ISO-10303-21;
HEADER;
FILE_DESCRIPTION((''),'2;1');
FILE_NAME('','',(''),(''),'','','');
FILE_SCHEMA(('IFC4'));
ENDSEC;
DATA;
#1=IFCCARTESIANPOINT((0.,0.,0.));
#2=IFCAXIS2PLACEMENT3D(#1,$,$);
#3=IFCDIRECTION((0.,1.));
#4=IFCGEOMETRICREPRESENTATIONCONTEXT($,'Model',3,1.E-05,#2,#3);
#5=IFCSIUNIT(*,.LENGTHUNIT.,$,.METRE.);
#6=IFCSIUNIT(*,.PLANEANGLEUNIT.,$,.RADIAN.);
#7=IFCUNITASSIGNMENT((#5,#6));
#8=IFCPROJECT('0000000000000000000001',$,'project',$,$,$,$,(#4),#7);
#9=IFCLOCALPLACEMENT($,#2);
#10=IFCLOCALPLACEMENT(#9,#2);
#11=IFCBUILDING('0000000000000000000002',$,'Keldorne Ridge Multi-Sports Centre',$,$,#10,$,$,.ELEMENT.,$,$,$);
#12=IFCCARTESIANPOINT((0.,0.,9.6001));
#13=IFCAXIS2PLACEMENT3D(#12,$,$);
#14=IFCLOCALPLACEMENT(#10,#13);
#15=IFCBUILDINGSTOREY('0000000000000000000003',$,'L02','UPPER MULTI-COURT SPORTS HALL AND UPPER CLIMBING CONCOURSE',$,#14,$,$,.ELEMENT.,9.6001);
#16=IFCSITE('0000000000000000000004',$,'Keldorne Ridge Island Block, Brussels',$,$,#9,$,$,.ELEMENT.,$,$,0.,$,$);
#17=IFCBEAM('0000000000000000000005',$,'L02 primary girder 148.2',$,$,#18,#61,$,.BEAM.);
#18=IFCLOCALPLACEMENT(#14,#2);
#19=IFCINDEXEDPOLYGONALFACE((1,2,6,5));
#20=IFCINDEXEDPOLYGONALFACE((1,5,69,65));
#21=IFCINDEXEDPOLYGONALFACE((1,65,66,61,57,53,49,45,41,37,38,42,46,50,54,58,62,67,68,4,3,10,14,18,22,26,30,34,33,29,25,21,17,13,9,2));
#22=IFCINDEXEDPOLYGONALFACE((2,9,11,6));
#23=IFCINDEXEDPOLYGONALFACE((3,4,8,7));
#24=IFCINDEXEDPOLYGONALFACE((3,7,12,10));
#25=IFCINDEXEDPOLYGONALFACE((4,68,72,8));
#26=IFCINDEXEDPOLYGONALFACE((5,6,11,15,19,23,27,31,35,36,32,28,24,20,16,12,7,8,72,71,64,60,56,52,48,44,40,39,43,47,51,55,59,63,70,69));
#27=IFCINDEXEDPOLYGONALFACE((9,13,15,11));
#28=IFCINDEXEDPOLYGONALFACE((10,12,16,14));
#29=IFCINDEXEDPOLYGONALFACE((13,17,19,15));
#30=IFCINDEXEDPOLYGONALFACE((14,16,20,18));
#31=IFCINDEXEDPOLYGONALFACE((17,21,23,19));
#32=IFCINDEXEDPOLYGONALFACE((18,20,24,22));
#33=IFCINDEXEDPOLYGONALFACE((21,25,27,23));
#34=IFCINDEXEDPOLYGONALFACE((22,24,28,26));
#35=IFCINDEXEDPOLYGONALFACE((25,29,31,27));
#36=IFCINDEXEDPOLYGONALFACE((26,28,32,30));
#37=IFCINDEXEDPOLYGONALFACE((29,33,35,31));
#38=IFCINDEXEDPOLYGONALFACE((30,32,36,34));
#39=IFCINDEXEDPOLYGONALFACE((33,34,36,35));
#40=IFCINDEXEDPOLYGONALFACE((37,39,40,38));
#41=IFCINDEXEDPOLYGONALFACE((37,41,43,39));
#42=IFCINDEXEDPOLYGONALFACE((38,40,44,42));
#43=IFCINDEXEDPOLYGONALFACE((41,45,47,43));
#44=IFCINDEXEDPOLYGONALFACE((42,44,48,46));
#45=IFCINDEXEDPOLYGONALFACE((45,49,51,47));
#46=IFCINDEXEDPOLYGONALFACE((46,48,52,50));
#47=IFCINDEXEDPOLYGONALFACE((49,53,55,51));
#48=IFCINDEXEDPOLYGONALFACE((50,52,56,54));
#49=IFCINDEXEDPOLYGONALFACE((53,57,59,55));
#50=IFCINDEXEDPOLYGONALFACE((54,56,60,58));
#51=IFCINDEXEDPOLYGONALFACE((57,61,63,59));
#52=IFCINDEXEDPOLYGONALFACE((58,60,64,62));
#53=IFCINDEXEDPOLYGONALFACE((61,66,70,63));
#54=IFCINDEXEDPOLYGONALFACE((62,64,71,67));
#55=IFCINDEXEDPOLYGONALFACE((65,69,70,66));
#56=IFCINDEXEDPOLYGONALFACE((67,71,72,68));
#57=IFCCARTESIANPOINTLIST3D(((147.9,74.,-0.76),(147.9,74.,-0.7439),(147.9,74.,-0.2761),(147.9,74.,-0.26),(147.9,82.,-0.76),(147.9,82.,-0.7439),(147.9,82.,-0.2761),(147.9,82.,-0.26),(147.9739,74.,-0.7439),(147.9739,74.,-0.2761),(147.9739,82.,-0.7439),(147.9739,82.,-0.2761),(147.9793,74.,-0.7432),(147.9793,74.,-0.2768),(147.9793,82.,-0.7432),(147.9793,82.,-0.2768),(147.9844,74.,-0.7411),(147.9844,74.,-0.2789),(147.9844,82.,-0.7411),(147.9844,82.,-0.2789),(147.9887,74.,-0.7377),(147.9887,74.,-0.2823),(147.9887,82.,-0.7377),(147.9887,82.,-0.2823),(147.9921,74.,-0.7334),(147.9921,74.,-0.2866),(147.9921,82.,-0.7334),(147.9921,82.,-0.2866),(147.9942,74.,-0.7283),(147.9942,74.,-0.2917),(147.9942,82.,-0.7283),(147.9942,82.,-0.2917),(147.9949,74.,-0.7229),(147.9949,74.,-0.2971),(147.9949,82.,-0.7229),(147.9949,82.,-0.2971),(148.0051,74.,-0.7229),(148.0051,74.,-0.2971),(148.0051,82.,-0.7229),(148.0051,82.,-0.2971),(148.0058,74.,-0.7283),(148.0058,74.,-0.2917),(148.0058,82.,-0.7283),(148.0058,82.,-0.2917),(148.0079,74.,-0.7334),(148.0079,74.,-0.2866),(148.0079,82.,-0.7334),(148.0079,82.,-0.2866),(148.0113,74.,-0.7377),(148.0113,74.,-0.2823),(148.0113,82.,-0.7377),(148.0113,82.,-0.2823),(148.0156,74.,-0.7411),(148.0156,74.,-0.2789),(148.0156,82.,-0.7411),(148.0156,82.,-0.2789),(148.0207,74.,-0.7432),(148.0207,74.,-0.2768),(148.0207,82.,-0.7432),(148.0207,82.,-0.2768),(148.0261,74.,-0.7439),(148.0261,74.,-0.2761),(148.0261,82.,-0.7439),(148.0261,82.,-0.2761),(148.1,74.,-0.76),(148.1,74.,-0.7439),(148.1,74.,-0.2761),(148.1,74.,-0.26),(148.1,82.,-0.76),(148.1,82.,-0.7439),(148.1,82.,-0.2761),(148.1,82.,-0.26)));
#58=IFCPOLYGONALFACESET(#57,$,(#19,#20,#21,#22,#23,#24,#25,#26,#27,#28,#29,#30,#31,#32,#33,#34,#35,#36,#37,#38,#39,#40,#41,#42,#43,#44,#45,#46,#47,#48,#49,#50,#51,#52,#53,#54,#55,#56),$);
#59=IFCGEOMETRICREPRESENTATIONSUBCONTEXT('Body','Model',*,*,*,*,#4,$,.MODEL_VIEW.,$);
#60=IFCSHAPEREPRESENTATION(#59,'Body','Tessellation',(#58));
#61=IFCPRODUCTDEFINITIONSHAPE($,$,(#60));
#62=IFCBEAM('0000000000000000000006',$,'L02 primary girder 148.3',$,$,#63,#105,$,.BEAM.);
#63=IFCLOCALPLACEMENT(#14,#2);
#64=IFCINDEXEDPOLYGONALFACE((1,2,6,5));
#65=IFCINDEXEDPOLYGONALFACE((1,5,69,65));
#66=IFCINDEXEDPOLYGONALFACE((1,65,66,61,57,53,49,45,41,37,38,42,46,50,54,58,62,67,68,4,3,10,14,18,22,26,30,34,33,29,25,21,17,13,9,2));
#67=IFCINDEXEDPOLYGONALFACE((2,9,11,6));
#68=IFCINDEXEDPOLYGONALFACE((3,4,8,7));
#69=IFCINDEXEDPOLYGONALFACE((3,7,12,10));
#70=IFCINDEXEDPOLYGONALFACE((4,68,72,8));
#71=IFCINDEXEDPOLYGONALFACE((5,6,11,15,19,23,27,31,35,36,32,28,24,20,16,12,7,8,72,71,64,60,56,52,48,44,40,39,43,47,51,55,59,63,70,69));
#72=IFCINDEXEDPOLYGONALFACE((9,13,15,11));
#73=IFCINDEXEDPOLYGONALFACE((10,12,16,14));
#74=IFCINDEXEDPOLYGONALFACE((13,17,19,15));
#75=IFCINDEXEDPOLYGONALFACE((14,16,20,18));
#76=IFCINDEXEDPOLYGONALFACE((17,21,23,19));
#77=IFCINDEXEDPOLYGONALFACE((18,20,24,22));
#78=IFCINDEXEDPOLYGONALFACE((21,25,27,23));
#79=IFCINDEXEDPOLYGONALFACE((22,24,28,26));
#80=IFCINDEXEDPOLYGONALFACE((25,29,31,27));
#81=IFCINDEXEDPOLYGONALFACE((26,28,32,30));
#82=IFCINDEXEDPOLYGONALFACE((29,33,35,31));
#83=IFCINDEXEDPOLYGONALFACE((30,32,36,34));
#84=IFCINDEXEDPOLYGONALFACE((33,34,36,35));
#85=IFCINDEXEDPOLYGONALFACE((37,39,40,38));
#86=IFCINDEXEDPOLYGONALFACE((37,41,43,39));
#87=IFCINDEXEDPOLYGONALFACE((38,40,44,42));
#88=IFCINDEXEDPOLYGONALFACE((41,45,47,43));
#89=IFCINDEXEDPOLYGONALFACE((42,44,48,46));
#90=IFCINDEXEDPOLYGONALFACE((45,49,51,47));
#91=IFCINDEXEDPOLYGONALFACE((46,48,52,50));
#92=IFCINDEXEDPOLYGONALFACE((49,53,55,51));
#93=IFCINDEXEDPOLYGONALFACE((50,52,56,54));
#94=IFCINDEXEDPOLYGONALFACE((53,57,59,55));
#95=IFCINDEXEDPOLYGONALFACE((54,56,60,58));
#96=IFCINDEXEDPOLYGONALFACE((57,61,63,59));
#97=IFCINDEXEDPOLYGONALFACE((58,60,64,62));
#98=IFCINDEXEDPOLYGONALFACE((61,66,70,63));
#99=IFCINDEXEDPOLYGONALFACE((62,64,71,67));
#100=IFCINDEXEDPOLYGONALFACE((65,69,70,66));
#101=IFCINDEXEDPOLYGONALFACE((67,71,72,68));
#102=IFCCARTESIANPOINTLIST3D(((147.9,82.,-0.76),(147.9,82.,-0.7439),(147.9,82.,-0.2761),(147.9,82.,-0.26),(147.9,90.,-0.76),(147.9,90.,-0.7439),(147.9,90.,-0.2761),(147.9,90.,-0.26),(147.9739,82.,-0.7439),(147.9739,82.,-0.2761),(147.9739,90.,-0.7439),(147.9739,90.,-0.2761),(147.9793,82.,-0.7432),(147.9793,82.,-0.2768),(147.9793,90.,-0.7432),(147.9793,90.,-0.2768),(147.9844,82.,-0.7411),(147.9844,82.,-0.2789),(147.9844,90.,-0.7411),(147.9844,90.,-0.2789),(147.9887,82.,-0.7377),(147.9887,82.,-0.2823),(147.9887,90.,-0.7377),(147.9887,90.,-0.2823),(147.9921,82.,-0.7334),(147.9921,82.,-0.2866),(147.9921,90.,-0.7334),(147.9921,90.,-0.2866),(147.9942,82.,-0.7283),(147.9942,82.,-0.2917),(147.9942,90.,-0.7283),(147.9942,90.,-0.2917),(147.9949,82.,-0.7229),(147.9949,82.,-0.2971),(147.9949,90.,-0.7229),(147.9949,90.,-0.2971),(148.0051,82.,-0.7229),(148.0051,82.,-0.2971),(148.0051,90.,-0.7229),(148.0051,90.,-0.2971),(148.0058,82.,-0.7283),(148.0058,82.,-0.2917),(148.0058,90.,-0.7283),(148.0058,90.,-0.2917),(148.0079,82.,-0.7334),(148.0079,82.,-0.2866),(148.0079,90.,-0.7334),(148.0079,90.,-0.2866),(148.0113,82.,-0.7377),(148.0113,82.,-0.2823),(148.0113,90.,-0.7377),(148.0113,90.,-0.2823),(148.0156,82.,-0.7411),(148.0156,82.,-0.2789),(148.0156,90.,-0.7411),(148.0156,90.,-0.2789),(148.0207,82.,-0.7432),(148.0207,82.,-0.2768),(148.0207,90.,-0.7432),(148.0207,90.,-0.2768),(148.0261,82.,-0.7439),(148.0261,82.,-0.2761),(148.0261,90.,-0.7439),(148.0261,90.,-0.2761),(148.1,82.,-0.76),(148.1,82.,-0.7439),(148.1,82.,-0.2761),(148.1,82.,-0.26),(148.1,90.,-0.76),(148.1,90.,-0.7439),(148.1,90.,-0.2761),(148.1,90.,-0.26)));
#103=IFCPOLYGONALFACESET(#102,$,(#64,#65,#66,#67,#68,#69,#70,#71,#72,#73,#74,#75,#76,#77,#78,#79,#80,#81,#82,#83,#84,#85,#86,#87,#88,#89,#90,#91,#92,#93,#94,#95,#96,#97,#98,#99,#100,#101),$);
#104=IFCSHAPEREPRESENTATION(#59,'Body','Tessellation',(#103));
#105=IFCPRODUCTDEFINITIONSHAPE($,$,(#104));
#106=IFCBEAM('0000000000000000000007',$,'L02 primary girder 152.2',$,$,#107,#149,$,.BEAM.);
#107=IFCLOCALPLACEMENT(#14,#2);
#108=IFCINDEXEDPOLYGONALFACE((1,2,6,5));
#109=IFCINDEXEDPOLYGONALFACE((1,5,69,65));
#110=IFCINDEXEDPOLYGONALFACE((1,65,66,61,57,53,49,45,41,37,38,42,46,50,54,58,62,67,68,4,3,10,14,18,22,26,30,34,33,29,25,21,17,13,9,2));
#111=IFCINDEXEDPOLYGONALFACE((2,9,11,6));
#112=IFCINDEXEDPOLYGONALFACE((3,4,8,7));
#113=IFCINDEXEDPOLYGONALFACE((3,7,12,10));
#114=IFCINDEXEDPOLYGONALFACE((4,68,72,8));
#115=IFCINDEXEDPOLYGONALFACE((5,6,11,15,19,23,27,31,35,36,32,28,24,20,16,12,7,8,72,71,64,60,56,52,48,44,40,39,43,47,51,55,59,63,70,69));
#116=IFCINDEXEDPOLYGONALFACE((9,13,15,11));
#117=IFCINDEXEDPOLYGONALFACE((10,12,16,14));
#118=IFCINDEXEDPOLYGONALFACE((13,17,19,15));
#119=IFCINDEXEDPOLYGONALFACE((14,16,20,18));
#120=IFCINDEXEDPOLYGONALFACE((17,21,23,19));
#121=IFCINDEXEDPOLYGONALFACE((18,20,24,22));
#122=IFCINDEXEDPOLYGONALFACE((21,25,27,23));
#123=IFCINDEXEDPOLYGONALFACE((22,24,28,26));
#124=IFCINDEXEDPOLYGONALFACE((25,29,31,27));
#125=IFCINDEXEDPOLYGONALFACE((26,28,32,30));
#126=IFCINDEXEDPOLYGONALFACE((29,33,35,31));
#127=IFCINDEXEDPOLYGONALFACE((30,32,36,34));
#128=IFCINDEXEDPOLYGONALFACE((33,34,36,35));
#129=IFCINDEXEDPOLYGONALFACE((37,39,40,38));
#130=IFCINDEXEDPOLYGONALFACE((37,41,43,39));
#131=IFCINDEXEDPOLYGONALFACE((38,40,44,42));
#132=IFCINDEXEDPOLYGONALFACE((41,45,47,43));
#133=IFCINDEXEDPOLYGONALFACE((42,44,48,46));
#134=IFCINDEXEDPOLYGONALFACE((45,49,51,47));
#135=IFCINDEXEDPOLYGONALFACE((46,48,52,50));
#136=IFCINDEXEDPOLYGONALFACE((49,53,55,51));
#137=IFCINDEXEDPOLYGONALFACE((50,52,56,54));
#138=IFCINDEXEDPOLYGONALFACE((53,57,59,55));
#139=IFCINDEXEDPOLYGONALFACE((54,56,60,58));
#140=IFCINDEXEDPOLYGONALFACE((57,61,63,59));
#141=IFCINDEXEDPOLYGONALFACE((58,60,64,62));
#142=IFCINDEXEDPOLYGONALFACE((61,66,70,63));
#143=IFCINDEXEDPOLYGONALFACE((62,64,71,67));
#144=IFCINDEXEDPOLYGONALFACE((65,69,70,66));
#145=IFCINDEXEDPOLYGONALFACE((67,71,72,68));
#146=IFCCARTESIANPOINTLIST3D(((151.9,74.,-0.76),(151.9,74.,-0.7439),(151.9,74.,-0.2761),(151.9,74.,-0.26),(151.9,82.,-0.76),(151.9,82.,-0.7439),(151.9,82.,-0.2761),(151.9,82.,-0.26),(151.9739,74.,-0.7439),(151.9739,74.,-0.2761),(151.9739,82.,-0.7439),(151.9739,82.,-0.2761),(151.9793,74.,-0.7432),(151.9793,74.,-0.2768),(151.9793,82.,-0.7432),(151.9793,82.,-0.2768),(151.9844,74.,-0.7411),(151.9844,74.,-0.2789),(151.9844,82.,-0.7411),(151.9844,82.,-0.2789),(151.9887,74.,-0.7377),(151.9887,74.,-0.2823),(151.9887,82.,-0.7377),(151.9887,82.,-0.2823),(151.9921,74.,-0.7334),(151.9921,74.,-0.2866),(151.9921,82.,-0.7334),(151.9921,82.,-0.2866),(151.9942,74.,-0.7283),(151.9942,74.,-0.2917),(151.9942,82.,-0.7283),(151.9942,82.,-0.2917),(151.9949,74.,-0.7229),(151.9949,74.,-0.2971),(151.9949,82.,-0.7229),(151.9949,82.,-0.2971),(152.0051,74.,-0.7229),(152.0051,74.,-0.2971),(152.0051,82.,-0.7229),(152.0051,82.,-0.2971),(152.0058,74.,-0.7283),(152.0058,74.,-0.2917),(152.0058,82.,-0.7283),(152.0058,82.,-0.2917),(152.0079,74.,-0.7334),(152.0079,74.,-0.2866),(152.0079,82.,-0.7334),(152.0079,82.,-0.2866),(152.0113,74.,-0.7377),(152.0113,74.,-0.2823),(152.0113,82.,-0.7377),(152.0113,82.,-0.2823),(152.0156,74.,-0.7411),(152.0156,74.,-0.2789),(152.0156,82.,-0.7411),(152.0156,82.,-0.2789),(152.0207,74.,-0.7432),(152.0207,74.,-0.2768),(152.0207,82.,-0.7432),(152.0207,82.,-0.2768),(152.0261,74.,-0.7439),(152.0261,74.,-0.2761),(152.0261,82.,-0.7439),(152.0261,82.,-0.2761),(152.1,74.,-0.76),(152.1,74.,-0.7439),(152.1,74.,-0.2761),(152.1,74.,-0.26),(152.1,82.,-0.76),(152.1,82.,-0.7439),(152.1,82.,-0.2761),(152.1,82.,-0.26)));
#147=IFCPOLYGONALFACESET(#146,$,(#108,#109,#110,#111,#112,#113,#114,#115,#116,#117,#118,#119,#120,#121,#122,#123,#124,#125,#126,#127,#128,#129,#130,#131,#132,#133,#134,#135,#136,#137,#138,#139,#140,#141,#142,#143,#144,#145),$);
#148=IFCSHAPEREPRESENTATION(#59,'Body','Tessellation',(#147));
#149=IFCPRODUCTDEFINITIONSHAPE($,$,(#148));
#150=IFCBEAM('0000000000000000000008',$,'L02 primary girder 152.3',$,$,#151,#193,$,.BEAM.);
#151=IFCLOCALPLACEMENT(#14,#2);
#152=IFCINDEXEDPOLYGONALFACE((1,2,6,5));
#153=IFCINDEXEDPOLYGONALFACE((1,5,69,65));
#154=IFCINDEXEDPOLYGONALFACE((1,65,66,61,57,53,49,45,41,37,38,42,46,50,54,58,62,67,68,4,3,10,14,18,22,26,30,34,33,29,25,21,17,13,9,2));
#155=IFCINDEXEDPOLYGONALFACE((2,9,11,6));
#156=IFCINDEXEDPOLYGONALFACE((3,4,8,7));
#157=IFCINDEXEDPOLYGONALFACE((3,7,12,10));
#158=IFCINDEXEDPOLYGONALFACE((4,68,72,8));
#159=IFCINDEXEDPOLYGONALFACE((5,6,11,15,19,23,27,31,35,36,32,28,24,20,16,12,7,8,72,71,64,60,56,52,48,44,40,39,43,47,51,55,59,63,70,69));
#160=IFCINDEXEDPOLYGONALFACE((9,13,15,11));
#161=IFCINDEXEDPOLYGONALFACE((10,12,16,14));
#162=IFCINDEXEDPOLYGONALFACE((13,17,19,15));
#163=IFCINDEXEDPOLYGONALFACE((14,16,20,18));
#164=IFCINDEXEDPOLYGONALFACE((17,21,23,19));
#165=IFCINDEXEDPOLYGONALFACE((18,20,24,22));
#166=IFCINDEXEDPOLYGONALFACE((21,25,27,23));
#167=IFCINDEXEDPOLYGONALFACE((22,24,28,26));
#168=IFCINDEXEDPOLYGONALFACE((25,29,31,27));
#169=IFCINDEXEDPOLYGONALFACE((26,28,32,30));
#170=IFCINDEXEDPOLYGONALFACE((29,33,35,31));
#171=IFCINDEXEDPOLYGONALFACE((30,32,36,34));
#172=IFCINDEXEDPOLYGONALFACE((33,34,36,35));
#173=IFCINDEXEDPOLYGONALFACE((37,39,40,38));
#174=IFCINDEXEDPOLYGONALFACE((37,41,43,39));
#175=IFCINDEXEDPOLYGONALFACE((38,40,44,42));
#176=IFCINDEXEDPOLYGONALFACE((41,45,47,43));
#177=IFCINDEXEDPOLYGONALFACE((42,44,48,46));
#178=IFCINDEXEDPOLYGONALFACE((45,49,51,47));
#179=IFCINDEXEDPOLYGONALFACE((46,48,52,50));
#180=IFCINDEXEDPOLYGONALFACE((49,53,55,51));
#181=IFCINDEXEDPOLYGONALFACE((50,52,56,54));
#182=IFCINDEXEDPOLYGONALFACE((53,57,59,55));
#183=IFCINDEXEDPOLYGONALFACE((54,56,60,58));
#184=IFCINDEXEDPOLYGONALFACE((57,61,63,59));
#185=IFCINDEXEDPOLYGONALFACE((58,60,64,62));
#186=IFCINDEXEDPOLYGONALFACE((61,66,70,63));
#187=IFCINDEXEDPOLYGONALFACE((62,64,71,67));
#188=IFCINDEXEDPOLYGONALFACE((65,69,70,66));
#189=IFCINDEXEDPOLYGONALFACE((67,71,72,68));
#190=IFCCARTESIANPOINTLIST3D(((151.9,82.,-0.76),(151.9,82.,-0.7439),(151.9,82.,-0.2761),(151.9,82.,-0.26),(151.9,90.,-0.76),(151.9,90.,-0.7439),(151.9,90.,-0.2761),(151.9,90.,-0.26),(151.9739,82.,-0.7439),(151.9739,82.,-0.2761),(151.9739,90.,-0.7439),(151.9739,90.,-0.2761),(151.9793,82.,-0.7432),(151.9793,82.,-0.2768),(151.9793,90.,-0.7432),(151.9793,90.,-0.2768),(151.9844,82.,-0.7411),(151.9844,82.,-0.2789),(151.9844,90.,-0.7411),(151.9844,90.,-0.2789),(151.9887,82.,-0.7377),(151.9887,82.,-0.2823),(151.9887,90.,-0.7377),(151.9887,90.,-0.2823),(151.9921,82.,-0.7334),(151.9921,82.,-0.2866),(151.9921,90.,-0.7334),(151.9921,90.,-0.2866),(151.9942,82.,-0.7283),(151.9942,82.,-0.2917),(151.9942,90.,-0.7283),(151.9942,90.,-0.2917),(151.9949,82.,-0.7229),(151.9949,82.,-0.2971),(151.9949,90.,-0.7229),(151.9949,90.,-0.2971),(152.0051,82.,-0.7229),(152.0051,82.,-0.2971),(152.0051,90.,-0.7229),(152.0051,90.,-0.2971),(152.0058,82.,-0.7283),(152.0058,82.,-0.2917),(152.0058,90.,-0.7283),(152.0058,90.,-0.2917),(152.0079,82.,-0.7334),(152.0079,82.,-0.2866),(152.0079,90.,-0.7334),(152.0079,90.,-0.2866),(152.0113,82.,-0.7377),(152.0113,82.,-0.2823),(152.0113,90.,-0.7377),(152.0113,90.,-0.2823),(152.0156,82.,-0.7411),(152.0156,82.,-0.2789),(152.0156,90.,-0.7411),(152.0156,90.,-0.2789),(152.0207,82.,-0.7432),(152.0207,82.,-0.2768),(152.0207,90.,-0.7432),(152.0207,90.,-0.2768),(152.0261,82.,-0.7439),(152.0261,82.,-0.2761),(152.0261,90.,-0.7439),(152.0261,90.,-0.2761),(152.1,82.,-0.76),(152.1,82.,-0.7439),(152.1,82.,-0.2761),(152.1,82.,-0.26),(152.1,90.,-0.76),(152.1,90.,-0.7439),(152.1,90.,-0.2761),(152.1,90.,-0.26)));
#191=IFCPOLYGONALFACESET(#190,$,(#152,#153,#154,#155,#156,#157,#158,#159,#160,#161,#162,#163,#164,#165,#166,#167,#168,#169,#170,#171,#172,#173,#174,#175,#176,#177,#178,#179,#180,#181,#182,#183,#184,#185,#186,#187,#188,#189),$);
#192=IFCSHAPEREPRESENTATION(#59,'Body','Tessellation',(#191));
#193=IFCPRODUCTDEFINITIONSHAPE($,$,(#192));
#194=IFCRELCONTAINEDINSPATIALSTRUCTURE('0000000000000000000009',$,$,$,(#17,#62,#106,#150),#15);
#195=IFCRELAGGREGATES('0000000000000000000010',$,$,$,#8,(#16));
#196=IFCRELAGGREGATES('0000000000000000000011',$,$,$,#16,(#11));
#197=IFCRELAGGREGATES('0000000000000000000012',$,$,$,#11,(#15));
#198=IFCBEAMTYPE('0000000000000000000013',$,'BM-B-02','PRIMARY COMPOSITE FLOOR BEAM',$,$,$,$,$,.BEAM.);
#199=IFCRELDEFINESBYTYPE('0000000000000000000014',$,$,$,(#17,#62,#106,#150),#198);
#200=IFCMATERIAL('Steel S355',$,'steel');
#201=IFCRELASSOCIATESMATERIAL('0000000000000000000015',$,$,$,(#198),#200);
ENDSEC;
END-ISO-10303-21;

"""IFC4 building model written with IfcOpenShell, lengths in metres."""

from ifc_helpers import new_model, si_unit, direction, frame, origin, origin_2d, place, context, subcontext, project, spatial, i_section, extrude, material, material_profile, profile_set, type_object, element, save


model = new_model("IFC4")

# Units and contexts
model_context = context("Model", 3, precision=1e-05, world=origin(), true_north=direction((0.0, 1.0)))
body_context = subcontext(model_context, "Body", "Model", "MODEL_VIEW")
ifc_project = project(units=[si_unit("LENGTHUNIT", "METRE"), si_unit("PLANEANGLEUNIT", "RADIAN")], contexts=[model_context])

# Site, building, storey
site_placement = place(None, origin())
site = spatial("IfcSite", under=ifc_project, at=site_placement, Name="Keldorne Ridge Island Block, Brussels", CompositionType="ELEMENT", RefElevation=0.0)
building_placement = place(site_placement, origin())
building = spatial("IfcBuilding", under=site, at=building_placement, Name="Keldorne Ridge Multi-Sports Centre", CompositionType="ELEMENT")
storey_placement = place(building_placement, frame((0.0, 0.0, 9.6001)))
storey = spatial("IfcBuildingStorey", under=building, at=storey_placement, Name="L02", Description="UPPER MULTI-COURT SPORTS HALL AND UPPER CLIMBING CONCOURSE", CompositionType="ELEMENT", Elevation=9.6001)

# Shared definitions
ifc_material_1 = material(Name="Steel S355", Category="steel")

# Beams
ifc_material_profile_1 = material_profile(ifc_material_1, i_section(OverallWidth=0.2, OverallDepth=0.5, WebThickness=0.0103, FlangeThickness=0.0161, FilletRadius=0.021, at=origin_2d()), Name="IPE 500")
ifc_profile_set_1 = profile_set([ifc_material_profile_1], Name="Steel S355")
beam_type_1 = type_object("IfcBeamType", Name="BM-B-02", Description="PRIMARY COMPOSITE FLOOR BEAM", PredefinedType="BEAM", material=ifc_profile_set_1)
for number, where, z_axis, x_axis, name in (
    (1, (148.0, 74.0, -0.51), (0.0, 1.0, 0.0), (-1.0, 0.0, 0.0), "L02 primary girder 148.2"),
    (2, (148.0, 82.0, -0.51), (0.0, 1.0, 0.0), (-1.0, 0.0, 0.0), "L02 primary girder 148.3"),
    (3, (152.0, 74.0, -0.51), (0.0, 1.0, 0.0), (-1.0, 0.0, 0.0), "L02 primary girder 152.2"),
    (4, (152.0, 82.0, -0.51), (0.0, 1.0, 0.0), (-1.0, 0.0, 0.0), "L02 primary girder 152.3"),
):
    element("IfcBeam", number, at=place(storey_placement, frame(where, z_axis=z_axis, x_axis=x_axis)), inside=storey, type_object=beam_type_1, Name=name, PredefinedType="BEAM", context=body_context, shape_type="SweptSolid", body=[
        extrude(i_section(OverallWidth=0.2, OverallDepth=0.5, WebThickness=0.0103, FlangeThickness=0.0161, FilletRadius=0.021, at=origin_2d()), origin(), (0.0, 0.0, 1.0), 8.0),
    ])

save(model, "model.ifc")
